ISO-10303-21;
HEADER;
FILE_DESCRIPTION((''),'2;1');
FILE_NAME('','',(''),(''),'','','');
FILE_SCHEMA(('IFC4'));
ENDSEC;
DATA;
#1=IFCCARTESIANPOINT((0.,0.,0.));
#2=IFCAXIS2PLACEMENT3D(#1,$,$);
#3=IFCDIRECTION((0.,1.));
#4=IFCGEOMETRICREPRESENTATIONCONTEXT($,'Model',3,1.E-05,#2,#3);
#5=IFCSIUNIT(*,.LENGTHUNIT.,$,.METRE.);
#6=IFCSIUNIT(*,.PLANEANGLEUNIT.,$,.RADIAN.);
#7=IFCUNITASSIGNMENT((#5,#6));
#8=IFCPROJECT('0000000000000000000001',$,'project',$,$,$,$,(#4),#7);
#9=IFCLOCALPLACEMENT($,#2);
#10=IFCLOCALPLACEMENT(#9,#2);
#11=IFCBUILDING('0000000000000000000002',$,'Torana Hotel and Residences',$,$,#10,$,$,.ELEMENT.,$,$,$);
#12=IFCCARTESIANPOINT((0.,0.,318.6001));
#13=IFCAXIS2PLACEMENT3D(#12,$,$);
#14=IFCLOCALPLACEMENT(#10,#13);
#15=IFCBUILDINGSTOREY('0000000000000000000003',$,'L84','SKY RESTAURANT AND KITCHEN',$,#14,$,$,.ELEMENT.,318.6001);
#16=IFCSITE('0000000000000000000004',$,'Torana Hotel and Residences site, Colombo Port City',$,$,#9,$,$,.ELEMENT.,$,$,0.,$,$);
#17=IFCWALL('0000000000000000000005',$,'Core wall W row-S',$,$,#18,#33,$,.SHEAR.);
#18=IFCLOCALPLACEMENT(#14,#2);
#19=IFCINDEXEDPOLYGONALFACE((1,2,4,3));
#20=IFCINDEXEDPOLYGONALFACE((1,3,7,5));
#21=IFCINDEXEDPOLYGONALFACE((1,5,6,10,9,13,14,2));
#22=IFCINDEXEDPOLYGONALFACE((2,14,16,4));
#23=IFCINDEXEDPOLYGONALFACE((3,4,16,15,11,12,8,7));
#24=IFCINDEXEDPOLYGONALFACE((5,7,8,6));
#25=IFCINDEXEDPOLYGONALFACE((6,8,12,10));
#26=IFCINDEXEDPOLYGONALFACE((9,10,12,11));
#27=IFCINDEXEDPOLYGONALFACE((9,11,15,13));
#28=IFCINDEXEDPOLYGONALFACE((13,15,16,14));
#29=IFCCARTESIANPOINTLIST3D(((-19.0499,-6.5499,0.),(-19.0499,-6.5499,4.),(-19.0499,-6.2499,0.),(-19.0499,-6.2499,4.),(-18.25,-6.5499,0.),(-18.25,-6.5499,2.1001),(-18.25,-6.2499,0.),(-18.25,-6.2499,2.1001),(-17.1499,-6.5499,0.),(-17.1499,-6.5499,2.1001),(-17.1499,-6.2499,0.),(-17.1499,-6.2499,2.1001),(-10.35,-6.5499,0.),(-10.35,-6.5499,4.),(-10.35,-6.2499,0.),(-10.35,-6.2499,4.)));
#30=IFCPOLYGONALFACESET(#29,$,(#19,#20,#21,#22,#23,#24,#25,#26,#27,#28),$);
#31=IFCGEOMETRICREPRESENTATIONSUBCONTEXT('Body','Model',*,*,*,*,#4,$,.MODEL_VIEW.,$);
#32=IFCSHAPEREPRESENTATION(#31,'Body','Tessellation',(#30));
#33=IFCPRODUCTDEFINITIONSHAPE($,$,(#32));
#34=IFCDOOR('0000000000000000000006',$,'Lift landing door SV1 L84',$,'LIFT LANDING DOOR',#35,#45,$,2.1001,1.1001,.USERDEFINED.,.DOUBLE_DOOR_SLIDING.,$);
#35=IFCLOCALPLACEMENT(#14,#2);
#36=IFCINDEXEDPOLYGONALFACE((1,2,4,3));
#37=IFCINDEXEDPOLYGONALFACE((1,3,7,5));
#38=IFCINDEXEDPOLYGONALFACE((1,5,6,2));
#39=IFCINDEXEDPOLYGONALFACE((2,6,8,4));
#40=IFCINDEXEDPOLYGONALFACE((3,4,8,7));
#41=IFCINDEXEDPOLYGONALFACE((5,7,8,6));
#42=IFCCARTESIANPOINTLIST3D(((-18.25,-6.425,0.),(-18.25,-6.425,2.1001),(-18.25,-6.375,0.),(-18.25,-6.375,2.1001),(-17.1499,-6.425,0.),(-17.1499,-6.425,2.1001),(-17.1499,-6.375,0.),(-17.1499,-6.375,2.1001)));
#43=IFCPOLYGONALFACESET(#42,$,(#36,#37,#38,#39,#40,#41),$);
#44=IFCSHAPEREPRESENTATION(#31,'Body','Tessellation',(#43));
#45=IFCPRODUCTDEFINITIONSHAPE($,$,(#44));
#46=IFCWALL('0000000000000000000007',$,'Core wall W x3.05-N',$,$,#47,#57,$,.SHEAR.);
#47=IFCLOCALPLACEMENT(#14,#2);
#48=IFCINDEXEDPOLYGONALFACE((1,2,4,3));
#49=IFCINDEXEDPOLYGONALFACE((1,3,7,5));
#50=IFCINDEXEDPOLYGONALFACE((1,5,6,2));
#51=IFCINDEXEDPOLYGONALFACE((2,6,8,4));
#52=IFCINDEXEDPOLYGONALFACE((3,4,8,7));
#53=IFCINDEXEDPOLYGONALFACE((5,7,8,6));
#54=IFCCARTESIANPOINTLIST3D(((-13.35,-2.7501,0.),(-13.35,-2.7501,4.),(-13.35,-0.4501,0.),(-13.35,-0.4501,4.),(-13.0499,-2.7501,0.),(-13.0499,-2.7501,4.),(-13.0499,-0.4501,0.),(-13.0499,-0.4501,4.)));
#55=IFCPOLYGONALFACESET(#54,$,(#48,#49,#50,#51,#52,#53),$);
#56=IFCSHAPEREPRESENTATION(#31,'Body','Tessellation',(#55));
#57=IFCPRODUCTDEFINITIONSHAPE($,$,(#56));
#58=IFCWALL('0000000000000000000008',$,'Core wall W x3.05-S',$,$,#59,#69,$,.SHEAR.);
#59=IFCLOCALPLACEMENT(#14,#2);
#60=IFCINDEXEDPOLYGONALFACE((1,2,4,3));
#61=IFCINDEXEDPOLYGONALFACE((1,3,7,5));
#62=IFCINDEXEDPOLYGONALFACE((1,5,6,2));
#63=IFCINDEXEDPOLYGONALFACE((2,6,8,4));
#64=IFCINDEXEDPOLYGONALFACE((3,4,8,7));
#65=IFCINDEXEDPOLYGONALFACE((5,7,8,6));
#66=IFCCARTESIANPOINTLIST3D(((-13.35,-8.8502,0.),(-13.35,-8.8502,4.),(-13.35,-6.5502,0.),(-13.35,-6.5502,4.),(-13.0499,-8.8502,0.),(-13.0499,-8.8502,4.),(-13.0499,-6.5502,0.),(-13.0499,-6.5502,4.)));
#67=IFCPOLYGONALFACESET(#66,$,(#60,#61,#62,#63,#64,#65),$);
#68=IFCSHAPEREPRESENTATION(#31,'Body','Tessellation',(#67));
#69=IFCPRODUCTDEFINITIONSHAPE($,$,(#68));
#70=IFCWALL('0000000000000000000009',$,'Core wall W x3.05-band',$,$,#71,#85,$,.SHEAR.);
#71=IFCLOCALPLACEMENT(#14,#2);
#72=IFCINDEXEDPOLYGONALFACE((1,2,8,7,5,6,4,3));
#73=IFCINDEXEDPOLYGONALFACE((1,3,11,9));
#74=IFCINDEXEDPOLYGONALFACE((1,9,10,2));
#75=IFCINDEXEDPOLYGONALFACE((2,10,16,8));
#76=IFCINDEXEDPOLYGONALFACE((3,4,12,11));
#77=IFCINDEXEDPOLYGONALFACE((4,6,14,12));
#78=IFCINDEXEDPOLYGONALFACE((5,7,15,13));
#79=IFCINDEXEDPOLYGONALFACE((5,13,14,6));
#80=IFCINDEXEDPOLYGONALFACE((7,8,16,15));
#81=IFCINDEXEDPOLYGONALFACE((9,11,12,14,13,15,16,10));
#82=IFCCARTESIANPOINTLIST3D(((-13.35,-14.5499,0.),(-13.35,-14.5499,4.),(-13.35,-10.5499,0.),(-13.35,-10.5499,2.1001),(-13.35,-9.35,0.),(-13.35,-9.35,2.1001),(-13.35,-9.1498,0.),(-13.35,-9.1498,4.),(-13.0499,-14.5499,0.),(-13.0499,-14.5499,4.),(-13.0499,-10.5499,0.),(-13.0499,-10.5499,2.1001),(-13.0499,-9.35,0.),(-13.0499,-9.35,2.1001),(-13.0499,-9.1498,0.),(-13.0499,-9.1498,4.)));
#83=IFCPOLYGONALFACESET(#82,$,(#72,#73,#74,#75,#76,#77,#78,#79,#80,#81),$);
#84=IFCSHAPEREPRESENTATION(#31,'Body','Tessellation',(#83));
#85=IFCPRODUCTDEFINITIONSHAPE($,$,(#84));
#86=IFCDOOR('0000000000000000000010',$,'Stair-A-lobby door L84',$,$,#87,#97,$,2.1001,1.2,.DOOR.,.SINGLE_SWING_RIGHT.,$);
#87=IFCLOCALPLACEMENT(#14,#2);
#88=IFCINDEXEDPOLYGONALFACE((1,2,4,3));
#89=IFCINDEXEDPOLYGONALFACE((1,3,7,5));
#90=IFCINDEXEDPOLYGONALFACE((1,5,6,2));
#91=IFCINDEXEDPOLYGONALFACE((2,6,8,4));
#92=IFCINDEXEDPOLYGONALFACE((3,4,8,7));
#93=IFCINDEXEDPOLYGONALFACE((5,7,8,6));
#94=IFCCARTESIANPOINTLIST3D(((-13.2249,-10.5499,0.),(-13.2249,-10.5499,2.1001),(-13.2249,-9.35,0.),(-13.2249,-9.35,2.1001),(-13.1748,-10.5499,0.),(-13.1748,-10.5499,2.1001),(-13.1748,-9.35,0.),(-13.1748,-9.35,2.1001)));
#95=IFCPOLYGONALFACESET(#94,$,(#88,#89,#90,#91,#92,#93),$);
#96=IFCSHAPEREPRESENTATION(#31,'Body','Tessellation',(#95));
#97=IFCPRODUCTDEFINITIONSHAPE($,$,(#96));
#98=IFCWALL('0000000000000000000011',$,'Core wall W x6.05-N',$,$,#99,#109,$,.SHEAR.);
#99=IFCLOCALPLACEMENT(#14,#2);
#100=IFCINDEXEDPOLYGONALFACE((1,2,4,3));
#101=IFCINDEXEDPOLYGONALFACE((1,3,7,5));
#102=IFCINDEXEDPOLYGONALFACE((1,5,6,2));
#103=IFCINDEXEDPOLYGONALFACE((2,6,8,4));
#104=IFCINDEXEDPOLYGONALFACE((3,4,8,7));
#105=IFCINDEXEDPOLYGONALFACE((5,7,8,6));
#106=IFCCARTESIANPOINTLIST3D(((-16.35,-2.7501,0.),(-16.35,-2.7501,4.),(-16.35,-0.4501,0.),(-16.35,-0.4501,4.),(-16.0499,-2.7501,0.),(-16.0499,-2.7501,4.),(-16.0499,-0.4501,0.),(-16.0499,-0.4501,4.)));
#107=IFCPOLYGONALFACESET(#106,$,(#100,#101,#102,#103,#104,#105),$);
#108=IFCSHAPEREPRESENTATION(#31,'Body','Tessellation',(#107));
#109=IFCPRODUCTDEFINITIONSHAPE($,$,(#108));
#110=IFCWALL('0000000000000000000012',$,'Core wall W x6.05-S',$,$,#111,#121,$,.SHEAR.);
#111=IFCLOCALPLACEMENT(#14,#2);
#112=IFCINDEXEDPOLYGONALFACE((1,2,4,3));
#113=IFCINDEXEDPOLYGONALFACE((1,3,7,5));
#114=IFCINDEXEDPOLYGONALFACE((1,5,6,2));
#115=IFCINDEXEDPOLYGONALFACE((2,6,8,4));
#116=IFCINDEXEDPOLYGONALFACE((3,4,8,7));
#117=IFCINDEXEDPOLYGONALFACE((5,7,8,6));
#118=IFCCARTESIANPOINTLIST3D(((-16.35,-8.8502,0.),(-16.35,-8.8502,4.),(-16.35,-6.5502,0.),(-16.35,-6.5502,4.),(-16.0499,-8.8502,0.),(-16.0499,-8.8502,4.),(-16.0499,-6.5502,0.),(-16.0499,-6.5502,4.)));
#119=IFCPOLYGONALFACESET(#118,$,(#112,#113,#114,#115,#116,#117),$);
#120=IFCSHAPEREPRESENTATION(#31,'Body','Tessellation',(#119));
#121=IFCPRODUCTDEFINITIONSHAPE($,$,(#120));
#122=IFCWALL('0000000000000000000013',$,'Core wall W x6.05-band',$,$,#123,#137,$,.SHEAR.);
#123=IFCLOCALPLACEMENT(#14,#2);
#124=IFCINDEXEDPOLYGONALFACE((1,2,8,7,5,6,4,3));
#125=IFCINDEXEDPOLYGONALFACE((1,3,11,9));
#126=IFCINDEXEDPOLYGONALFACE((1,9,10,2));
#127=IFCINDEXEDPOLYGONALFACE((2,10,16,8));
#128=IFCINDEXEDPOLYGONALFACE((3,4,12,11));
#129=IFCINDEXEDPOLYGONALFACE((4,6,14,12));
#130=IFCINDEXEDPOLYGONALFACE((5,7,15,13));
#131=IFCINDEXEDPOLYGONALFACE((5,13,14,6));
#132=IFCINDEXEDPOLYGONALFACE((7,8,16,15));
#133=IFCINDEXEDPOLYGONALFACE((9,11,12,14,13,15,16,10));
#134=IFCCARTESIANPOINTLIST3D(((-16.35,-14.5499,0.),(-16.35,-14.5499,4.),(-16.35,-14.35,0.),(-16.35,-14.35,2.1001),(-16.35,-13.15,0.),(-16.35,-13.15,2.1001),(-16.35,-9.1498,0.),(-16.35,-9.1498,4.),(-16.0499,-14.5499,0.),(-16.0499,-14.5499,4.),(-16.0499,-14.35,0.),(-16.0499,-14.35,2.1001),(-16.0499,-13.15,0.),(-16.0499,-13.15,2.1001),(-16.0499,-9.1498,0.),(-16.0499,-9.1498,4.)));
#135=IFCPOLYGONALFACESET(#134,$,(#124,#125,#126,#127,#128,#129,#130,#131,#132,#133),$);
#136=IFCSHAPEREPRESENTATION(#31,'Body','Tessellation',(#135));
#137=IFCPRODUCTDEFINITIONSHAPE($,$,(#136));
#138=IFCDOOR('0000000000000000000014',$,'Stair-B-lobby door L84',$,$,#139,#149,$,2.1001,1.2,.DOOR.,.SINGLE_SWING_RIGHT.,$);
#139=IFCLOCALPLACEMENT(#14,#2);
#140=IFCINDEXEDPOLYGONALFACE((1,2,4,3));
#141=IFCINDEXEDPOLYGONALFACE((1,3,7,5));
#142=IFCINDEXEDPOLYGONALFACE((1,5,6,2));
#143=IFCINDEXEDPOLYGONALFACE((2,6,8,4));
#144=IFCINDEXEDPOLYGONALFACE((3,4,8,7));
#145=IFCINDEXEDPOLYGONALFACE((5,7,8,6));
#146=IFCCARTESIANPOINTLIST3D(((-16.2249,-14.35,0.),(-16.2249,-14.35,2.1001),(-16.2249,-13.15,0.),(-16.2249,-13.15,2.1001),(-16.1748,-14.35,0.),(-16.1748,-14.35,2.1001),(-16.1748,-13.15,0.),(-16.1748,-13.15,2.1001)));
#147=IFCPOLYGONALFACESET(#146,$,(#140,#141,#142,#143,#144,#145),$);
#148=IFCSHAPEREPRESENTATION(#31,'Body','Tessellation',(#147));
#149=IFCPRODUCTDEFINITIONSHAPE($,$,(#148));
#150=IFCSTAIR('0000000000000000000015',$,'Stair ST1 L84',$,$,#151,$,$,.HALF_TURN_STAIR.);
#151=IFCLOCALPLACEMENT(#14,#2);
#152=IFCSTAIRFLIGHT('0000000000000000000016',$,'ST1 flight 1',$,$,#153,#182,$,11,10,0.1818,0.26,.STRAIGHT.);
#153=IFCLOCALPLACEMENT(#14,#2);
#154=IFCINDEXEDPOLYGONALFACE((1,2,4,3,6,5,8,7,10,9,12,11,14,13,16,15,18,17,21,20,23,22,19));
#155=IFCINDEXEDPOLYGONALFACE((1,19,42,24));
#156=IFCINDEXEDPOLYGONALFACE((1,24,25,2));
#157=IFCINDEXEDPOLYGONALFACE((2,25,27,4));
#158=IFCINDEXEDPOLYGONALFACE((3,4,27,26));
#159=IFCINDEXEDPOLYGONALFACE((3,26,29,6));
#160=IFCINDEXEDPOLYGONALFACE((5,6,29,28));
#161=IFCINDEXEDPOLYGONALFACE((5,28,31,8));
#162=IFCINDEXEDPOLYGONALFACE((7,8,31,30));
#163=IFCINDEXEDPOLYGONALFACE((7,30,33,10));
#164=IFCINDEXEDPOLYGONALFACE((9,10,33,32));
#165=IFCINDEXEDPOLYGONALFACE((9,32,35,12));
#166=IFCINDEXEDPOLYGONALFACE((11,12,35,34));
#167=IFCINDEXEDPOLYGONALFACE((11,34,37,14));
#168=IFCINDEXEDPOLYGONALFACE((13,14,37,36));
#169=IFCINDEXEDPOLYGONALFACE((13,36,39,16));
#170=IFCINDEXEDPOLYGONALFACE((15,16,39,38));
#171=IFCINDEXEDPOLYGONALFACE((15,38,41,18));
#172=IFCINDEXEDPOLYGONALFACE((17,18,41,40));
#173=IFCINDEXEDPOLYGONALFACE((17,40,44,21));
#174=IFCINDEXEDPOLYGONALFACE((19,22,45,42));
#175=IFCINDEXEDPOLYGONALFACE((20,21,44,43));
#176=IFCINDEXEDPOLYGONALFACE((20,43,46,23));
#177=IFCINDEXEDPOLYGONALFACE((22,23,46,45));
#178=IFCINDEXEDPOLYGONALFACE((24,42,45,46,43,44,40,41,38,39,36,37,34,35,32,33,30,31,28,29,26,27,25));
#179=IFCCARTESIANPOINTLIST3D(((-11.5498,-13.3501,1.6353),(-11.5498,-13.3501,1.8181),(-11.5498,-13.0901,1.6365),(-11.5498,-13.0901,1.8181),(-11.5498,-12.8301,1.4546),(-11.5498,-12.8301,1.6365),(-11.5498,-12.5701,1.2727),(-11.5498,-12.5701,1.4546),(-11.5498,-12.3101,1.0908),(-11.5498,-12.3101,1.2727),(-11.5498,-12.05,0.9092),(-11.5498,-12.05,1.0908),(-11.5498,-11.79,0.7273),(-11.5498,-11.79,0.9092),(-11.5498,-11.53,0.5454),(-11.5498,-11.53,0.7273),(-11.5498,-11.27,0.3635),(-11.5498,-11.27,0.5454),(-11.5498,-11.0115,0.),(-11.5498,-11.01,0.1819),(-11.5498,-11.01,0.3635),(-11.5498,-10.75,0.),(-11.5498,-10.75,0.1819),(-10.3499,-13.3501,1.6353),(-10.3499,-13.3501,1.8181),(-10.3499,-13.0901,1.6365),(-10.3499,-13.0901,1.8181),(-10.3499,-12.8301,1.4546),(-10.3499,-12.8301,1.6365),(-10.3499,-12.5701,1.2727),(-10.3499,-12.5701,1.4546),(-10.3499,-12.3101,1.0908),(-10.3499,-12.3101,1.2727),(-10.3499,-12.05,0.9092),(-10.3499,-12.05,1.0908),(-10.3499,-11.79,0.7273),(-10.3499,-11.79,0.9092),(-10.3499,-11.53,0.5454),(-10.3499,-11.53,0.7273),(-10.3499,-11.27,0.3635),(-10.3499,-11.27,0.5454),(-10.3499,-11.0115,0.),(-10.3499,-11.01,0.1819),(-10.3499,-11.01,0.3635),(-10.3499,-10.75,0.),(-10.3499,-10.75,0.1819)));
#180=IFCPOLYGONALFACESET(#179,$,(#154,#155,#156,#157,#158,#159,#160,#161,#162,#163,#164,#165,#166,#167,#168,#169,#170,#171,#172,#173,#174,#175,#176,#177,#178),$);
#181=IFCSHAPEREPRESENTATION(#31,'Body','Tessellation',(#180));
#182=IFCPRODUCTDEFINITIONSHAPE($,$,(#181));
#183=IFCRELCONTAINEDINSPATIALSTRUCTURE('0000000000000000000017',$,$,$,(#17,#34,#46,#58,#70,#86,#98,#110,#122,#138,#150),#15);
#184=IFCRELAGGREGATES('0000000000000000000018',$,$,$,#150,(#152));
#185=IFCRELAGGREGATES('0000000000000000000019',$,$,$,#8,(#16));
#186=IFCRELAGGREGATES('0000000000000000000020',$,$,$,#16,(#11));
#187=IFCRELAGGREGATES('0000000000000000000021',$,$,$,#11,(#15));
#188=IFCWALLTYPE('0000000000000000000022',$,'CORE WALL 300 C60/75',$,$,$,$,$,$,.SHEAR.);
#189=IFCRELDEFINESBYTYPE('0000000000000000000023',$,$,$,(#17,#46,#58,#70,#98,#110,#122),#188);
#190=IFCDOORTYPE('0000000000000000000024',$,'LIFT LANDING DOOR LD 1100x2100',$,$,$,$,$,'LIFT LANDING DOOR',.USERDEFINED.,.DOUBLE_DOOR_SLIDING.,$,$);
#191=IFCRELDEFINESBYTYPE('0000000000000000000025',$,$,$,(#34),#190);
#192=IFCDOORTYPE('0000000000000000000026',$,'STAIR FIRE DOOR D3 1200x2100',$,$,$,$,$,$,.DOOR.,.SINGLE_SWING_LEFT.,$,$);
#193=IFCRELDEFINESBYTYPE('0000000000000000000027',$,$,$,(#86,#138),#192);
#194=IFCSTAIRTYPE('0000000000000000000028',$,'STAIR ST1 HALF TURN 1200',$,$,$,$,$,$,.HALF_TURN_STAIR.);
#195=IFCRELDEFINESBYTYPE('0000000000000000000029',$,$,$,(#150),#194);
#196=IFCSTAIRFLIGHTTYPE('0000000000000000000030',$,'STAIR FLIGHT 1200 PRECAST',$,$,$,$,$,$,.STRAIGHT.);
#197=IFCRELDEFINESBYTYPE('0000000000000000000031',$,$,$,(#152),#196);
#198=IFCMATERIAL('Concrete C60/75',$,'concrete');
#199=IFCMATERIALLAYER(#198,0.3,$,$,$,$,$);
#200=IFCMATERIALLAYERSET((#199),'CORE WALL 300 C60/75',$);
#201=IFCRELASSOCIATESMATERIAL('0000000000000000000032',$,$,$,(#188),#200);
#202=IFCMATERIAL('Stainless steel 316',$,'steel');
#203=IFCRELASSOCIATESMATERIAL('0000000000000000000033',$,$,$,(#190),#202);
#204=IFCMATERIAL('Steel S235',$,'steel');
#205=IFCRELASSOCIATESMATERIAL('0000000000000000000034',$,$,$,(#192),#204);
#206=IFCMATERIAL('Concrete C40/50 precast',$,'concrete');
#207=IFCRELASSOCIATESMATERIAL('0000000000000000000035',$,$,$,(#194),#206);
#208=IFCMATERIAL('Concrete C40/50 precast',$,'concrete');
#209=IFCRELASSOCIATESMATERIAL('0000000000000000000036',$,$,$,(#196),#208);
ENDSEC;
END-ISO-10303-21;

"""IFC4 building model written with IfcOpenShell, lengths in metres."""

from ifc_helpers import new_model, si_unit, direction, frame, frame_2d, origin, place, context, subcontext, project, spatial, polyline, rectangle, outline, extrude, material, layer, layer_set, type_object, element, fill, aggregate, save


model = new_model("IFC4")

# Units and contexts
model_context = context("Model", 3, precision=1e-05, world=origin(), true_north=direction((0.0, 1.0)))
body_context = subcontext(model_context, "Body", "Model", "MODEL_VIEW")
ifc_project = project(units=[si_unit("LENGTHUNIT", "METRE"), si_unit("PLANEANGLEUNIT", "RADIAN")], contexts=[model_context])

# Site, building, storey
site_placement = place(None, origin())
site = spatial("IfcSite", under=ifc_project, at=site_placement, Name="Torana Hotel and Residences site, Colombo Port City", CompositionType="ELEMENT", RefElevation=0.0)
building_placement = place(site_placement, origin())
building = spatial("IfcBuilding", under=site, at=building_placement, Name="Torana Hotel and Residences", CompositionType="ELEMENT")
storey_placement = place(building_placement, frame((0.0, 0.0, 318.6001)))
storey = spatial("IfcBuildingStorey", under=building, at=storey_placement, Name="L84", Description="SKY RESTAURANT AND KITCHEN", CompositionType="ELEMENT", Elevation=318.6001)

# Shared definitions
ifc_material_1 = material(Name="Concrete C60/75", Category="concrete")
ifc_layer_1 = layer(ifc_material_1, 0.3)
ifc_layer_set_1 = layer_set([ifc_layer_1], Name="CORE WALL 300 C60/75")
wall_type_1 = type_object("IfcWallType", Name="CORE WALL 300 C60/75", PredefinedType="SHEAR", material=ifc_layer_set_1)
ifc_material_2 = material(Name="Stainless steel 316", Category="steel")
door_type_1 = type_object("IfcDoorType", Name="LIFT LANDING DOOR LD 1100x2100", ElementType="LIFT LANDING DOOR", OperationType="DOUBLE_DOOR_SLIDING", PredefinedType="USERDEFINED", material=ifc_material_2)

# Wall, opening, door
wall_1_placement = place(storey_placement, frame((-19.05, -6.3999, 0.0), z_axis=(0.0, 0.0, 1.0), x_axis=(1.0, 0.0, 0.0)))
wall_1 = element("IfcWall", 1, at=wall_1_placement, inside=storey, type_object=wall_type_1, Name="Core wall W row-S", PredefinedType="SHEAR", context=body_context, shape_type="SweptSolid", body=[
    extrude(rectangle(XDim=8.7, YDim=0.3, at=frame_2d((4.3501, 0.0))), origin(), (0.0, 0.0, 1.0), 4.0),
])
opening_1_placement = place(wall_1_placement, frame((0.8, 0.0, 0.0)))
opening_1 = element("IfcOpeningElement", 2, at=opening_1_placement, cuts=wall_1, PredefinedType="OPENING", context=body_context, shape_type="SweptSolid", body=[
    extrude(rectangle(XDim=1.1001, YDim=2.1001, at=frame_2d((0.55, 1.05))), frame((0.0, 0.1599, 0.0), z_axis=(0.0, -1.0, 0.0), x_axis=(1.0, 0.0, 0.0)), (0.0, 0.0, 1.0), 0.3201),
])
door_1_placement = place(opening_1_placement, origin())
door_1 = element("IfcDoor", 3, at=door_1_placement, inside=storey, type_object=door_type_1, Name="Lift landing door SV1 L84", ObjectType="LIFT LANDING DOOR", OperationType="DOUBLE_DOOR_SLIDING", OverallHeight=2.1001, OverallWidth=1.1001, PredefinedType="USERDEFINED", context=body_context, shape_type="SweptSolid", body=[
    extrude(rectangle(XDim=1.1001, YDim=2.1001, at=frame_2d((0.55, 1.05))), frame((0.0, 0.0249, 0.0), z_axis=(0.0, -1.0, 0.0), x_axis=(1.0, 0.0, 0.0)), (0.0, 0.0, 1.0), 0.05),
])
fill(opening_1, door_1)

# Walls
for number, where, z_axis, x_axis, name in (
    (4, (-13.2, -2.75, 0.0), (0.0, 0.0, 1.0), (0.0, 1.0, 0.0), "Core wall W x3.05-N"),
    (5, (-13.2, -8.8501, 0.0), (0.0, 0.0, 1.0), (0.0, 1.0, 0.0), "Core wall W x3.05-S"),
):
    element("IfcWall", number, at=place(storey_placement, frame(where, z_axis=z_axis, x_axis=x_axis)), inside=storey, type_object=wall_type_1, Name=name, PredefinedType="SHEAR", context=body_context, shape_type="SweptSolid", body=[
        extrude(rectangle(XDim=2.3, YDim=0.3, at=frame_2d((1.1499, 0.0))), origin(), (0.0, 0.0, 1.0), 4.0),
    ])

# Wall, opening, door
wall_2_placement = place(storey_placement, frame((-13.2, -14.55, 0.0), z_axis=(0.0, 0.0, 1.0), x_axis=(0.0, 1.0, 0.0)))
wall_2 = element("IfcWall", 6, at=wall_2_placement, inside=storey, type_object=wall_type_1, Name="Core wall W x3.05-band", PredefinedType="SHEAR", context=body_context, shape_type="SweptSolid", body=[
    extrude(rectangle(XDim=5.4001, YDim=0.3, at=frame_2d((2.7002, 0.0))), origin(), (0.0, 0.0, 1.0), 4.0),
])
opening_2_placement = place(wall_2_placement, frame((4.0, 0.0, 0.0)))
opening_2 = element("IfcOpeningElement", 7, at=opening_2_placement, cuts=wall_2, PredefinedType="OPENING", context=body_context, shape_type="SweptSolid", body=[
    extrude(rectangle(XDim=1.2, YDim=2.1001, at=frame_2d((0.6001, 1.05))), frame((0.0, 0.1599, 0.0), z_axis=(0.0, -1.0, 0.0), x_axis=(1.0, 0.0, 0.0)), (0.0, 0.0, 1.0), 0.3201),
])
ifc_material_3 = material(Name="Steel S235", Category="steel")
door_type_2 = type_object("IfcDoorType", Name="STAIR FIRE DOOR D3 1200x2100", OperationType="SINGLE_SWING_LEFT", PredefinedType="DOOR", material=ifc_material_3)
door_2_placement = place(opening_2_placement, frame((0.6001, 0.0, 0.0), z_axis=(0.0, 0.0, 1.0), x_axis=(-1.0, 0.0, 0.0)))
door_2 = element("IfcDoor", 8, at=door_2_placement, inside=storey, type_object=door_type_2, Name="Stair-A-lobby door L84", OperationType="SINGLE_SWING_RIGHT", OverallHeight=2.1001, OverallWidth=1.2, PredefinedType="DOOR", context=body_context, shape_type="SweptSolid", body=[
    extrude(rectangle(XDim=1.2, YDim=2.1001, at=frame_2d((0.0, 1.05))), frame((0.0, -0.0249, 0.0), z_axis=(0.0, 1.0, 0.0), x_axis=(-1.0, 0.0, 0.0)), (0.0, 0.0, 1.0), 0.05),
])
fill(opening_2, door_2)

# Walls
for number, where, z_axis, x_axis, name in (
    (9, (-16.2, -2.75, 0.0), (0.0, 0.0, 1.0), (0.0, 1.0, 0.0), "Core wall W x6.05-N"),
    (10, (-16.2, -8.8501, 0.0), (0.0, 0.0, 1.0), (0.0, 1.0, 0.0), "Core wall W x6.05-S"),
):
    element("IfcWall", number, at=place(storey_placement, frame(where, z_axis=z_axis, x_axis=x_axis)), inside=storey, type_object=wall_type_1, Name=name, PredefinedType="SHEAR", context=body_context, shape_type="SweptSolid", body=[
        extrude(rectangle(XDim=2.3, YDim=0.3, at=frame_2d((1.1499, 0.0))), origin(), (0.0, 0.0, 1.0), 4.0),
    ])

# Wall, opening, door
wall_3_placement = place(storey_placement, frame((-16.2, -14.55, 0.0), z_axis=(0.0, 0.0, 1.0), x_axis=(0.0, 1.0, 0.0)))
wall_3 = element("IfcWall", 11, at=wall_3_placement, inside=storey, type_object=wall_type_1, Name="Core wall W x6.05-band", PredefinedType="SHEAR", context=body_context, shape_type="SweptSolid", body=[
    extrude(rectangle(XDim=5.4001, YDim=0.3, at=frame_2d((2.7002, 0.0))), origin(), (0.0, 0.0, 1.0), 4.0),
])
opening_3_placement = place(wall_3_placement, frame((0.2, 0.0, 0.0)))
opening_3 = element("IfcOpeningElement", 12, at=opening_3_placement, cuts=wall_3, PredefinedType="OPENING", context=body_context, shape_type="SweptSolid", body=[
    extrude(rectangle(XDim=1.2, YDim=2.1001, at=frame_2d((0.6001, 1.05))), frame((0.0, 0.1599, 0.0), z_axis=(0.0, -1.0, 0.0), x_axis=(1.0, 0.0, 0.0)), (0.0, 0.0, 1.0), 0.3201),
])
door_3_placement = place(opening_3_placement, origin())
door_3 = element("IfcDoor", 13, at=door_3_placement, inside=storey, type_object=door_type_2, Name="Stair-B-lobby door L84", OperationType="SINGLE_SWING_RIGHT", OverallHeight=2.1001, OverallWidth=1.2, PredefinedType="DOOR", context=body_context, shape_type="SweptSolid", body=[
    extrude(rectangle(XDim=1.2, YDim=2.1001, at=frame_2d((0.6001, 1.05))), frame((0.0, 0.0249, 0.0), z_axis=(0.0, -1.0, 0.0), x_axis=(1.0, 0.0, 0.0)), (0.0, 0.0, 1.0), 0.05),
])
fill(opening_3, door_3)

# Stair, stair flight
ifc_material_4 = material(Name="Concrete C40/50 precast", Category="concrete")
stair_type_1 = type_object("IfcStairType", Name="STAIR ST1 HALF TURN 1200", PredefinedType="HALF_TURN_STAIR", material=ifc_material_4)
stair_1_placement = place(storey_placement, origin())
stair_1 = element("IfcStair", 14, at=stair_1_placement, inside=storey, type_object=stair_type_1, Name="Stair ST1 L84", PredefinedType="HALF_TURN_STAIR")
ifc_material_5 = material(Name="Concrete C40/50 precast", Category="concrete")
stair_flight_type = type_object("IfcStairFlightType", Name="STAIR FLIGHT 1200 PRECAST", PredefinedType="STRAIGHT", material=ifc_material_5)
stair_flight_1_placement = place(storey_placement, frame((-10.95, -10.75, 0.0), z_axis=(0.0, 0.0, 1.0), x_axis=(0.0, -1.0, 0.0)))
stair_flight_1 = element("IfcStairFlight", 15, at=stair_flight_1_placement, type_object=stair_flight_type, Name="ST1 flight 1", NumberOfRisers=11, NumberOfTreads=10, PredefinedType="STRAIGHT", RiserHeight=0.1818, TreadLength=0.26, context=body_context, shape_type="SweptSolid", body=[
    extrude(outline(polyline([(0.0, 0.0), (0.0, 0.1819), (0.26, 0.1819), (0.26, 0.3635), (0.52, 0.3635), (0.52, 0.5454), (0.78, 0.5454), (0.78, 0.7273), (1.04, 0.7273), (1.04, 0.9092), (1.3, 0.9092), (1.3, 1.0908), (1.5601, 1.0908), (1.5601, 1.2727), (1.8201, 1.2727), (1.8201, 1.4546), (2.0801, 1.4546), (2.0801, 1.6365), (2.3401, 1.6365), (2.3401, 1.8181), (2.6001, 1.8181), (2.6001, 2.0), (2.6001, 1.6353), (0.2615, 0.0), (0.0, 0.0)])), frame((0.0, 0.6001, 0.0), z_axis=(0.0, -1.0, 0.0), x_axis=(1.0, 0.0, 0.0)), (0.0, 0.0, 1.0), 1.2),
])
aggregate(stair_1, [stair_flight_1])

save(model, "model.ifc")
